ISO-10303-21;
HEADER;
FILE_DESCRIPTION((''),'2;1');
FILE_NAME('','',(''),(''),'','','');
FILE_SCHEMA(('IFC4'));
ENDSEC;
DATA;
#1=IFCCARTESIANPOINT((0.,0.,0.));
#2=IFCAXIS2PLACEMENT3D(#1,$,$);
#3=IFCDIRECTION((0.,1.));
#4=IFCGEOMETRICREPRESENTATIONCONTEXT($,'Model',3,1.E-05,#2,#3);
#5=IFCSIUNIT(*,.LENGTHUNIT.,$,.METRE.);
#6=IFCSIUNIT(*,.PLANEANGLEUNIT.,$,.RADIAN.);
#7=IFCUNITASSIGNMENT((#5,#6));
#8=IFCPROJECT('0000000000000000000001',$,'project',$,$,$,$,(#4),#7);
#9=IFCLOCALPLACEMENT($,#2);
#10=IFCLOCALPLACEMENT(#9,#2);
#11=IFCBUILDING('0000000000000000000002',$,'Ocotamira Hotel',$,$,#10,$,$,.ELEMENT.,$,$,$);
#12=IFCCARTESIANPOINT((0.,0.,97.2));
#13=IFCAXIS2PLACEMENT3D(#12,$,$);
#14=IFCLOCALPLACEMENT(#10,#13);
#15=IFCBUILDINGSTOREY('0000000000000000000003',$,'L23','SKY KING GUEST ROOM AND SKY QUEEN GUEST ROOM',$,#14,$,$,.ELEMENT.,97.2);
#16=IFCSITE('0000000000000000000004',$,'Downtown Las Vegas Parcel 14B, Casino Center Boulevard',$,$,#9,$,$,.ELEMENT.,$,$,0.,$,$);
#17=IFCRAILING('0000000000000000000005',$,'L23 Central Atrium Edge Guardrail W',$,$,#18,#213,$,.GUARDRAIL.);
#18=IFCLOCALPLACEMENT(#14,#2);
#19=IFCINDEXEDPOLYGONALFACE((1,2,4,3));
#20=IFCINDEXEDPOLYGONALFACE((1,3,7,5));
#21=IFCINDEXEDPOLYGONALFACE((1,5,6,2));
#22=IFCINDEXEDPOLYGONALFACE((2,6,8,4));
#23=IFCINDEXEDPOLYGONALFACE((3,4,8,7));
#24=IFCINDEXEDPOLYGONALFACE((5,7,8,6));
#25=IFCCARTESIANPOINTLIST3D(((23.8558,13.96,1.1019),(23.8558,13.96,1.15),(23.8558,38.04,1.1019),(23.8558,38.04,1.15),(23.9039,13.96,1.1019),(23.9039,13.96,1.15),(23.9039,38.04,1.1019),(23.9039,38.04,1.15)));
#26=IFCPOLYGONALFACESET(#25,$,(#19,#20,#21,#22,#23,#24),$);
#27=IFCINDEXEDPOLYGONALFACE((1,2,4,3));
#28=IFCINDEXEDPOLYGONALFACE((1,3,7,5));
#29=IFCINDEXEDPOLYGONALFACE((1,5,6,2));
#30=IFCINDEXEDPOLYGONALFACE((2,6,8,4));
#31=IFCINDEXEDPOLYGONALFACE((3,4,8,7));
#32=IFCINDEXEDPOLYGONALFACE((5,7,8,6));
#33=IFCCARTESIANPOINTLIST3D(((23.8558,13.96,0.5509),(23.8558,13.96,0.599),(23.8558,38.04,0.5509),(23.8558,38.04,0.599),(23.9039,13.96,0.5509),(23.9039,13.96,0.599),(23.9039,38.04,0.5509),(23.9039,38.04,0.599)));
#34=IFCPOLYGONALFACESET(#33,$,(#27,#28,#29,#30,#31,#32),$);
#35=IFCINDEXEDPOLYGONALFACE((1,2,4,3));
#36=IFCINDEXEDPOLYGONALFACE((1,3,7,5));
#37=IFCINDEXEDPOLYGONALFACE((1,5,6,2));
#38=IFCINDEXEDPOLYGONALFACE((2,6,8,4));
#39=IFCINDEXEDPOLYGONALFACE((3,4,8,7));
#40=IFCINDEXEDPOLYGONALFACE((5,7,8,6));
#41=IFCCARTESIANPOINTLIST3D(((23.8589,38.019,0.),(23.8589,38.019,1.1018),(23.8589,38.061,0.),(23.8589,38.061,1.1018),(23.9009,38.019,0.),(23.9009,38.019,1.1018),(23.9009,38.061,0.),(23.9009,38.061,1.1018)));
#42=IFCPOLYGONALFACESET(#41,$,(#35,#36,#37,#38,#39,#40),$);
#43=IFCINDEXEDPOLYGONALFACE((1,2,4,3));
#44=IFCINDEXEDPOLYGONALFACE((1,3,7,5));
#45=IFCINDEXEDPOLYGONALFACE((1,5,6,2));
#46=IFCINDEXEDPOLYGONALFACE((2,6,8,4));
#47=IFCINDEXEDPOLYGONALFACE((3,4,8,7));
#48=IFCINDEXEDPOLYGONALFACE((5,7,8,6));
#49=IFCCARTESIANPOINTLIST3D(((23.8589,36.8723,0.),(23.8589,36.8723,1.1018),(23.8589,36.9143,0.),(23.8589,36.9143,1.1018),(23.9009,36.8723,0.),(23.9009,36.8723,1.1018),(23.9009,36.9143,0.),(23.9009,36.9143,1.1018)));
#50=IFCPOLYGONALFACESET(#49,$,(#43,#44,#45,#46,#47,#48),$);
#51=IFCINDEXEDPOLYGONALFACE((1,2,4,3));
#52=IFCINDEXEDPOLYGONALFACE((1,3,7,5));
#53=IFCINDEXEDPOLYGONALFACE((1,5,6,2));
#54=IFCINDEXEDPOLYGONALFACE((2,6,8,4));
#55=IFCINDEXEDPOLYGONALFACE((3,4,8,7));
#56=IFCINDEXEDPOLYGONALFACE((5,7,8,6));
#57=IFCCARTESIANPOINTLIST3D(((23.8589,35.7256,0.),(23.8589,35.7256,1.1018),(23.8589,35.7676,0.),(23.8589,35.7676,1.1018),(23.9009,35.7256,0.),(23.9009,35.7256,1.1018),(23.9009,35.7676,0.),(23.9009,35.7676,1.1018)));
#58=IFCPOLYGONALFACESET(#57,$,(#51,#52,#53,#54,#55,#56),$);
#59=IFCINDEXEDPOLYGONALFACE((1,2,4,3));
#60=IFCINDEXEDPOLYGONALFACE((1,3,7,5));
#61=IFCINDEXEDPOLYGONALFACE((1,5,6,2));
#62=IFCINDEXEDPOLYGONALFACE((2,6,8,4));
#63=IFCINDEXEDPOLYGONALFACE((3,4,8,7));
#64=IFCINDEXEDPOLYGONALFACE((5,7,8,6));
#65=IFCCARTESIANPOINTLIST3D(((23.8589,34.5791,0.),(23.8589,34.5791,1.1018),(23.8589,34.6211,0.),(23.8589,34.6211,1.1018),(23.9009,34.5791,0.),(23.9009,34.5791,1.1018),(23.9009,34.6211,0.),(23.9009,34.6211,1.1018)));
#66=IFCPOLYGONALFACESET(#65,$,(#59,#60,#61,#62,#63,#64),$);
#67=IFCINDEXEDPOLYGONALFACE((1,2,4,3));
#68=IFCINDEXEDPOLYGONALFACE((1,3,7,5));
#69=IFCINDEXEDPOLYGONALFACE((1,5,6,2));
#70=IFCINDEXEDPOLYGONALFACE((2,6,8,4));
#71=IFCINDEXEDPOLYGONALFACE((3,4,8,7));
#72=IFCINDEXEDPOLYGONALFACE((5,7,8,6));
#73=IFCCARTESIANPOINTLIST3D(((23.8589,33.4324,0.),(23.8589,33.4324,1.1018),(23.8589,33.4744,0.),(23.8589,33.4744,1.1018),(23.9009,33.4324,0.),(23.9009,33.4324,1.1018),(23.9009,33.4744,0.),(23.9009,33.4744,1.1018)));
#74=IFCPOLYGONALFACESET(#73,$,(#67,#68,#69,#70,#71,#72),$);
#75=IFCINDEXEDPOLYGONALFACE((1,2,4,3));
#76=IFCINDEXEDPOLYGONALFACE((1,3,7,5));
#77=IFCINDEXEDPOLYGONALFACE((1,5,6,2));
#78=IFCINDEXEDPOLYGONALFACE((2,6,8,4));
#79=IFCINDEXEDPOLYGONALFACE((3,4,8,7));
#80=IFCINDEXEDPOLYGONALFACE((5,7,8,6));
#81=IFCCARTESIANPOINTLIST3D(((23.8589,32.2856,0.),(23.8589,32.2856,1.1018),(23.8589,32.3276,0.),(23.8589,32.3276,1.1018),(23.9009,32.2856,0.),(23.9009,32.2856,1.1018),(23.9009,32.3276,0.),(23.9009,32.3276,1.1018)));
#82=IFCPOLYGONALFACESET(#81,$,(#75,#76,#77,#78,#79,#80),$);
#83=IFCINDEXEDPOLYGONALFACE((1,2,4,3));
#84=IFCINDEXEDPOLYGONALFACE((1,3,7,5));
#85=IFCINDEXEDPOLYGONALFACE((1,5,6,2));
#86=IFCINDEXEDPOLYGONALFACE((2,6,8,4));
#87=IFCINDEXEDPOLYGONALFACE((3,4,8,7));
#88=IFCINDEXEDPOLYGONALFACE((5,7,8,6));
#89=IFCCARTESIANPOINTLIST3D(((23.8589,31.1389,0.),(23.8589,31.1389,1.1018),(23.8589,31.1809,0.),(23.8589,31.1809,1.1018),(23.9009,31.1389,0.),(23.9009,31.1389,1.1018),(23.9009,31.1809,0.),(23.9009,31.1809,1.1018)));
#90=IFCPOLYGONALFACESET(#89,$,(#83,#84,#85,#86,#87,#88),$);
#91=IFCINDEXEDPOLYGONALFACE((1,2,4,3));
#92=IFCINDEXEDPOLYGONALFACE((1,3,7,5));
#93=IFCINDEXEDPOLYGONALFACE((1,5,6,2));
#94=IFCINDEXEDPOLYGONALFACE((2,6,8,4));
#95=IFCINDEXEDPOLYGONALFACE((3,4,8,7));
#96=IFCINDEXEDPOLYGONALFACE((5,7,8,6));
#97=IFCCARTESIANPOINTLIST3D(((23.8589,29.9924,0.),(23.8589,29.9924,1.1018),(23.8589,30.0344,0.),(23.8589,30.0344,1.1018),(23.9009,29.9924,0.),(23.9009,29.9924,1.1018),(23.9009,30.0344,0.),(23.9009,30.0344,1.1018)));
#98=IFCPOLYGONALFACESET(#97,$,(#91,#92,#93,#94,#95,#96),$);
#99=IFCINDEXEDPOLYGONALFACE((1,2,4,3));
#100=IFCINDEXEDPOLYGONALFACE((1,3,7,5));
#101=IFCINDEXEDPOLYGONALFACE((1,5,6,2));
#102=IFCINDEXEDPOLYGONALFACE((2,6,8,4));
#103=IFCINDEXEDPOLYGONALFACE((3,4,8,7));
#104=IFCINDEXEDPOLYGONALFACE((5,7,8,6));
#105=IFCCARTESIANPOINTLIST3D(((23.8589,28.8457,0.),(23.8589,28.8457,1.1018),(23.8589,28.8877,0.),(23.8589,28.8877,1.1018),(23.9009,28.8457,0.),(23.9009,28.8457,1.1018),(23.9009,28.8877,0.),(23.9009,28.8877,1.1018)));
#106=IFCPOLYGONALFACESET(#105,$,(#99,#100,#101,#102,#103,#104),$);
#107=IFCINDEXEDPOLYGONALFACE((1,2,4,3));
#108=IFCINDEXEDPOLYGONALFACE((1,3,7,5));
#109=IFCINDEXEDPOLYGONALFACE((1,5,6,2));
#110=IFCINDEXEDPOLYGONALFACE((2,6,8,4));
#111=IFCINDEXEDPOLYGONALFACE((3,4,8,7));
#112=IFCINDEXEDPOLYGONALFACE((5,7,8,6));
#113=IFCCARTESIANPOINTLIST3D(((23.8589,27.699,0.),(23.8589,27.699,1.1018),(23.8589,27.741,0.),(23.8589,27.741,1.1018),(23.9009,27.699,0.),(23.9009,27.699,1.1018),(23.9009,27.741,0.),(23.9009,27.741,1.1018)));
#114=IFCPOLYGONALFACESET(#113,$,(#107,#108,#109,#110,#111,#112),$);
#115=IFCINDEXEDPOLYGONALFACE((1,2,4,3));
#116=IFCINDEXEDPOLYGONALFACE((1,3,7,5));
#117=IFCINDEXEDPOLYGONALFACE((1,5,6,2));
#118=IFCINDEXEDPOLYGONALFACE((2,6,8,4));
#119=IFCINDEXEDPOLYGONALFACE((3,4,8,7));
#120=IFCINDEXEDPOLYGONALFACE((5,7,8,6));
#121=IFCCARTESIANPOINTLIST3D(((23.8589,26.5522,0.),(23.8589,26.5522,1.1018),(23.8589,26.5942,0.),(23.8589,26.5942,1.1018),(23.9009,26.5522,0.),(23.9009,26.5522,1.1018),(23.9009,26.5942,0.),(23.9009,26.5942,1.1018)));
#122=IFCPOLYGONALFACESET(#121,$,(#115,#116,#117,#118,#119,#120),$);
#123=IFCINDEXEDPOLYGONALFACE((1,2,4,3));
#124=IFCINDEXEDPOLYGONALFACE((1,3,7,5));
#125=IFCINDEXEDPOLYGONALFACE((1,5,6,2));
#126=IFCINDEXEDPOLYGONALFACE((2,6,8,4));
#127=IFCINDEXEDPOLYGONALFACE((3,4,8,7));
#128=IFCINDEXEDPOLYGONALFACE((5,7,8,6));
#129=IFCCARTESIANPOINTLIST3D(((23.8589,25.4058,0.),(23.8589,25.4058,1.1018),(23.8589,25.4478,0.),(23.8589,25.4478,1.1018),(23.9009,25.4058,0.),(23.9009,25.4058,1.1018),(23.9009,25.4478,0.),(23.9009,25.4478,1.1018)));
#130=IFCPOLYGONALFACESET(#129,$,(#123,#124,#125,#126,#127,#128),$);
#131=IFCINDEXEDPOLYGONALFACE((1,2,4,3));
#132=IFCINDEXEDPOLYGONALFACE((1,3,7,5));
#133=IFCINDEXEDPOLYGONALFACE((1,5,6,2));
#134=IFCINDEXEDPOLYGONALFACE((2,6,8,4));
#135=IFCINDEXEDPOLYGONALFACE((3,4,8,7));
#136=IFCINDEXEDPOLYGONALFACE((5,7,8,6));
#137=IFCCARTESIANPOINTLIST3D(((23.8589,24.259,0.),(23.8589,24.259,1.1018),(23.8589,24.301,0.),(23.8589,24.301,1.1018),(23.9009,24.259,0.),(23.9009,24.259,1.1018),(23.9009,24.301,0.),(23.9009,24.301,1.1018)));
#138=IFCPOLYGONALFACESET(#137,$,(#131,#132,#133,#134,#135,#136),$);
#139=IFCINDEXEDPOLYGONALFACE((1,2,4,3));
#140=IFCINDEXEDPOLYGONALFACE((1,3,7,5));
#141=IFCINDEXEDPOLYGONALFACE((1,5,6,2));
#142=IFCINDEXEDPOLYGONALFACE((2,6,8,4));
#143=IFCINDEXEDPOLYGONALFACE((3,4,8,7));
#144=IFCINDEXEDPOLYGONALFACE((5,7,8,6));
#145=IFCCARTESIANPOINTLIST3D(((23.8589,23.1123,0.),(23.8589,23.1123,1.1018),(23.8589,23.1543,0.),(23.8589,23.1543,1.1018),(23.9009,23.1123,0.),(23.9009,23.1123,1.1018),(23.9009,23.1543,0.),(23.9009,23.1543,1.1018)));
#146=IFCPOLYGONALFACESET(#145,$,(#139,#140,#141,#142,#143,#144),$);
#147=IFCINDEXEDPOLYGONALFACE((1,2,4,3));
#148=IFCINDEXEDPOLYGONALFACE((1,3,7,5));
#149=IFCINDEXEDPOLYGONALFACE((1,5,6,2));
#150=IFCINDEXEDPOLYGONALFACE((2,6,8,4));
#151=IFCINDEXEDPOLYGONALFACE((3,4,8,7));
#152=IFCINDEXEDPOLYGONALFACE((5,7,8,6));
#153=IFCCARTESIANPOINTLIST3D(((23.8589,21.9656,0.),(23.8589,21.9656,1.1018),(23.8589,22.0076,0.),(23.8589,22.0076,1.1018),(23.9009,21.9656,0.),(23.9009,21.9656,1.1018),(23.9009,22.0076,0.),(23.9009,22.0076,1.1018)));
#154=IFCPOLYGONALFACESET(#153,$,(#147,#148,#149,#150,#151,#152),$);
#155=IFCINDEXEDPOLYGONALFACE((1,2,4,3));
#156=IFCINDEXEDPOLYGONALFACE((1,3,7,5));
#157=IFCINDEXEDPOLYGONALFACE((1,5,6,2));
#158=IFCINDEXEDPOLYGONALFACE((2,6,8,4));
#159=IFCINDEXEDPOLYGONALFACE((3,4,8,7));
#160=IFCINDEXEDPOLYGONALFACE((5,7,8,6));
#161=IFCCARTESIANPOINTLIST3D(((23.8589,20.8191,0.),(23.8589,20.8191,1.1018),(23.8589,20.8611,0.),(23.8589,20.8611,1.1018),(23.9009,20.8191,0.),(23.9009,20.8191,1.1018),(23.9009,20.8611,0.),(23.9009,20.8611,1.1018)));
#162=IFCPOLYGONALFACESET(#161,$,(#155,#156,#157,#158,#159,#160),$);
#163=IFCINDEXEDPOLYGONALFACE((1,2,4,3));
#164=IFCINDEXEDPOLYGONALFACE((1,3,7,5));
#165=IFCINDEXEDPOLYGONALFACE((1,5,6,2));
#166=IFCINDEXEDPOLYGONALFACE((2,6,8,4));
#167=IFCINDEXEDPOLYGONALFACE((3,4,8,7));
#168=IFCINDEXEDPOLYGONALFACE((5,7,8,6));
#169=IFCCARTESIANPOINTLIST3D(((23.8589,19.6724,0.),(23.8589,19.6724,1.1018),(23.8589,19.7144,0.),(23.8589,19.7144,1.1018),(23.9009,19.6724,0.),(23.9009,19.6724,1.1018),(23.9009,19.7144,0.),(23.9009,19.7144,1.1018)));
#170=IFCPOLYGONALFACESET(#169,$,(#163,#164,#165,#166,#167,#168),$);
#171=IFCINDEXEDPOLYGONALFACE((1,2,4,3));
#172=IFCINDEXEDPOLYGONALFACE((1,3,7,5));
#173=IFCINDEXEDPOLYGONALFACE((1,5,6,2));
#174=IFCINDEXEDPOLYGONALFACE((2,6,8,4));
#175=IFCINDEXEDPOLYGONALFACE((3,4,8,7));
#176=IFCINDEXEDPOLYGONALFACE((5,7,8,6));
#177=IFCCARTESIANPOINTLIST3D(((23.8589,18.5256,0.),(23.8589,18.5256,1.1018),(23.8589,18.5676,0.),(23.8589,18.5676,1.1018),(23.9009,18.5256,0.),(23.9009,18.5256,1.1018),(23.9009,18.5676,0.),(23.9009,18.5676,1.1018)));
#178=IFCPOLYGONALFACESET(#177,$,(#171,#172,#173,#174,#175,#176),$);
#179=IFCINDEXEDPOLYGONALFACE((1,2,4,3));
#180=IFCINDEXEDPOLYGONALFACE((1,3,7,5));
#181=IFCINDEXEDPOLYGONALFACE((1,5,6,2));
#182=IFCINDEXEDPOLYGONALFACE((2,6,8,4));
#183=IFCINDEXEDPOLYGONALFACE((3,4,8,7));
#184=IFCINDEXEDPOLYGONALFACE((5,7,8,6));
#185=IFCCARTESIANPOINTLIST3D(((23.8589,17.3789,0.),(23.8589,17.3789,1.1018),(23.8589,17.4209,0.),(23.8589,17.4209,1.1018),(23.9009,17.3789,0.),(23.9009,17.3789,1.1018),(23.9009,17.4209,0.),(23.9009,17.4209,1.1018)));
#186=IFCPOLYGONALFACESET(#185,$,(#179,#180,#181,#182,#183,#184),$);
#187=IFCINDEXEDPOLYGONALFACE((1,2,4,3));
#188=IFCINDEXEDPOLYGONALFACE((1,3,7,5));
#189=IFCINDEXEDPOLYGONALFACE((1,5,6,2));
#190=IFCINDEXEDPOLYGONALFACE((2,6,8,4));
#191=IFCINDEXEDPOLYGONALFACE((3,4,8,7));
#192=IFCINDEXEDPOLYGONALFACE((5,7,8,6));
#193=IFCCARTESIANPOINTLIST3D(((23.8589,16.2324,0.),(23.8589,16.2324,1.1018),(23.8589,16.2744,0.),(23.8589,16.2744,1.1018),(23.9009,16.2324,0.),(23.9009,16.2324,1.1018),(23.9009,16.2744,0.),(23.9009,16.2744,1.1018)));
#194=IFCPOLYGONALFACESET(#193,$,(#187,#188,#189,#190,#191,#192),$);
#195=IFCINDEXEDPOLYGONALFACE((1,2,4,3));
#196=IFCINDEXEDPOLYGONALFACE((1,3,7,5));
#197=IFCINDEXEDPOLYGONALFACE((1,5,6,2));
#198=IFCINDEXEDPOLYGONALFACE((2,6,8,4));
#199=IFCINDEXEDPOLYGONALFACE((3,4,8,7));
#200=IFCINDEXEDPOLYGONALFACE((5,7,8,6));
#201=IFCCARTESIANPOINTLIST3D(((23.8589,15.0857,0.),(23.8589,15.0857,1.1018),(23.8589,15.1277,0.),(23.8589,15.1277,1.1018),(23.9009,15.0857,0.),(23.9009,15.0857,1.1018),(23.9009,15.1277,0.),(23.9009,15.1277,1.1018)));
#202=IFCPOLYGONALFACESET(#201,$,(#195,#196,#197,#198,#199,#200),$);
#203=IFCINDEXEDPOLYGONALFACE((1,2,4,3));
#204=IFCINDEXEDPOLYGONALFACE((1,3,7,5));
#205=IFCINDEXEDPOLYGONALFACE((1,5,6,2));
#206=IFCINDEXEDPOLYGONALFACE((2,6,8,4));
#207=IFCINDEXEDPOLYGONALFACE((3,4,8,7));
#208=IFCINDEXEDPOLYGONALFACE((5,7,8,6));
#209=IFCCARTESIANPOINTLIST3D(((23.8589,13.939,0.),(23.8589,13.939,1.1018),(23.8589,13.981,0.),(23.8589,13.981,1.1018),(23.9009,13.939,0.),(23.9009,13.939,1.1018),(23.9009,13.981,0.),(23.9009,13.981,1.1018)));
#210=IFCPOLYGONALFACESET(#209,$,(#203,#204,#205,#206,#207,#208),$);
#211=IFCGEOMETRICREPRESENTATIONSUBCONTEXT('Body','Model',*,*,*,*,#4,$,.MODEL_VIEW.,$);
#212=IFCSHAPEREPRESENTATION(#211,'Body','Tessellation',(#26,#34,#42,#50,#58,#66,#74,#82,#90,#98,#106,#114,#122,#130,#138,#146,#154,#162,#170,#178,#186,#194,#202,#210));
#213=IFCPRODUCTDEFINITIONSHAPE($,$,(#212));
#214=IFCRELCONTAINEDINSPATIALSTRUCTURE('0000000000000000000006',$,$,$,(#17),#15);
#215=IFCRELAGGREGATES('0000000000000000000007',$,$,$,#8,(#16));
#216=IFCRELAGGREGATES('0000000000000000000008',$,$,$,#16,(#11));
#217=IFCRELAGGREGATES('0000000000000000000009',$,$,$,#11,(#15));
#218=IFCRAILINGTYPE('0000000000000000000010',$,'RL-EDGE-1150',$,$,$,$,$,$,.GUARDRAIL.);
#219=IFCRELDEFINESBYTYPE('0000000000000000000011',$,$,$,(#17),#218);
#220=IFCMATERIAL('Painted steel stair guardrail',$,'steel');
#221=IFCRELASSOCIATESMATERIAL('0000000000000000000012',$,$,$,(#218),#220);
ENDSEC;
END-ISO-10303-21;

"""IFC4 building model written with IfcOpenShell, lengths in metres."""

from ifc_helpers import new_model, si_unit, direction, frame, origin, origin_2d, place, context, subcontext, project, spatial, rectangle, extrude, material, type_object, element, save


model = new_model("IFC4")

# Units and contexts
model_context = context("Model", 3, precision=1e-05, world=origin(), true_north=direction((0.0, 1.0)))
body_context = subcontext(model_context, "Body", "Model", "MODEL_VIEW")
ifc_project = project(units=[si_unit("LENGTHUNIT", "METRE"), si_unit("PLANEANGLEUNIT", "RADIAN")], contexts=[model_context])

# Site, building, storey
site_placement = place(None, origin())
site = spatial("IfcSite", under=ifc_project, at=site_placement, Name="Downtown Las Vegas Parcel 14B, Casino Center Boulevard", CompositionType="ELEMENT", RefElevation=0.0)
building_placement = place(site_placement, origin())
building = spatial("IfcBuilding", under=site, at=building_placement, Name="Ocotamira Hotel", CompositionType="ELEMENT")
storey_placement = place(building_placement, frame((0.0, 0.0, 97.2)))
storey = spatial("IfcBuildingStorey", under=building, at=storey_placement, Name="L23", Description="SKY KING GUEST ROOM AND SKY QUEEN GUEST ROOM", CompositionType="ELEMENT", Elevation=97.2)

# Railing
ifc_material_1 = material(Name="Painted steel stair guardrail", Category="steel")
railing_type = type_object("IfcRailingType", Name="RL-EDGE-1150", PredefinedType="GUARDRAIL", material=ifc_material_1)
railing_placement = place(storey_placement, frame((23.8799, 38.04, 0.0)))
element("IfcRailing", 1, at=railing_placement, inside=storey, type_object=railing_type, Name="L23 Central Atrium Edge Guardrail W", PredefinedType="GUARDRAIL", context=body_context, shape_type="SweptSolid", body=[
    extrude(rectangle(XDim=0.0481, YDim=0.0481, at=origin_2d()), frame((0.0, 0.0, 1.126), z_axis=(0.0, -1.0, 0.0), x_axis=(1.0, 0.0, 0.0)), (0.0, 0.0, 1.0), 24.0801),
    extrude(rectangle(XDim=0.0481, YDim=0.0481, at=origin_2d()), frame((0.0, 0.0, 0.575), z_axis=(0.0, -1.0, 0.0), x_axis=(1.0, 0.0, 0.0)), (0.0, 0.0, 1.0), 24.0801),
    extrude(rectangle(XDim=0.042, YDim=0.042, at=origin_2d()), origin(), (0.0, 0.0, 1.0), 1.1018),
    extrude(rectangle(XDim=0.042, YDim=0.042, at=origin_2d()), frame((0.0, -1.1467, 0.0)), (0.0, 0.0, 1.0), 1.1018),
    extrude(rectangle(XDim=0.042, YDim=0.042, at=origin_2d()), frame((0.0, -2.2935, 0.0)), (0.0, 0.0, 1.0), 1.1018),
    extrude(rectangle(XDim=0.042, YDim=0.042, at=origin_2d()), frame((0.0, -3.4399, 0.0)), (0.0, 0.0, 1.0), 1.1018),
    extrude(rectangle(XDim=0.042, YDim=0.042, at=origin_2d()), frame((0.0, -4.5867, 0.0)), (0.0, 0.0, 1.0), 1.1018),
    extrude(rectangle(XDim=0.042, YDim=0.042, at=origin_2d()), frame((0.0, -5.7334, 0.0)), (0.0, 0.0, 1.0), 1.1018),
    extrude(rectangle(XDim=0.042, YDim=0.042, at=origin_2d()), frame((0.0, -6.8801, 0.0)), (0.0, 0.0, 1.0), 1.1018),
    extrude(rectangle(XDim=0.042, YDim=0.042, at=origin_2d()), frame((0.0, -8.0266, 0.0)), (0.0, 0.0, 1.0), 1.1018),
    extrude(rectangle(XDim=0.042, YDim=0.042, at=origin_2d()), frame((0.0, -9.1733, 0.0)), (0.0, 0.0, 1.0), 1.1018),
    extrude(rectangle(XDim=0.042, YDim=0.042, at=origin_2d()), frame((0.0, -10.3201, 0.0)), (0.0, 0.0, 1.0), 1.1018),
    extrude(rectangle(XDim=0.042, YDim=0.042, at=origin_2d()), frame((0.0, -11.4668, 0.0)), (0.0, 0.0, 1.0), 1.1018),
    extrude(rectangle(XDim=0.042, YDim=0.042, at=origin_2d()), frame((0.0, -12.6133, 0.0)), (0.0, 0.0, 1.0), 1.1018),
    extrude(rectangle(XDim=0.042, YDim=0.042, at=origin_2d()), frame((0.0, -13.76, 0.0)), (0.0, 0.0, 1.0), 1.1018),
    extrude(rectangle(XDim=0.042, YDim=0.042, at=origin_2d()), frame((0.0, -14.9067, 0.0)), (0.0, 0.0, 1.0), 1.1018),
    extrude(rectangle(XDim=0.042, YDim=0.042, at=origin_2d()), frame((0.0, -16.0535, 0.0)), (0.0, 0.0, 1.0), 1.1018),
    extrude(rectangle(XDim=0.042, YDim=0.042, at=origin_2d()), frame((0.0, -17.2, 0.0)), (0.0, 0.0, 1.0), 1.1018),
    extrude(rectangle(XDim=0.042, YDim=0.042, at=origin_2d()), frame((0.0, -18.3467, 0.0)), (0.0, 0.0, 1.0), 1.1018),
    extrude(rectangle(XDim=0.042, YDim=0.042, at=origin_2d()), frame((0.0, -19.4934, 0.0)), (0.0, 0.0, 1.0), 1.1018),
    extrude(rectangle(XDim=0.042, YDim=0.042, at=origin_2d()), frame((0.0, -20.6401, 0.0)), (0.0, 0.0, 1.0), 1.1018),
    extrude(rectangle(XDim=0.042, YDim=0.042, at=origin_2d()), frame((0.0, -21.7866, 0.0)), (0.0, 0.0, 1.0), 1.1018),
    extrude(rectangle(XDim=0.042, YDim=0.042, at=origin_2d()), frame((0.0, -22.9333, 0.0)), (0.0, 0.0, 1.0), 1.1018),
    extrude(rectangle(XDim=0.042, YDim=0.042, at=origin_2d()), frame((0.0, -24.0801, 0.0)), (0.0, 0.0, 1.0), 1.1018),
])

save(model, "model.ifc")
